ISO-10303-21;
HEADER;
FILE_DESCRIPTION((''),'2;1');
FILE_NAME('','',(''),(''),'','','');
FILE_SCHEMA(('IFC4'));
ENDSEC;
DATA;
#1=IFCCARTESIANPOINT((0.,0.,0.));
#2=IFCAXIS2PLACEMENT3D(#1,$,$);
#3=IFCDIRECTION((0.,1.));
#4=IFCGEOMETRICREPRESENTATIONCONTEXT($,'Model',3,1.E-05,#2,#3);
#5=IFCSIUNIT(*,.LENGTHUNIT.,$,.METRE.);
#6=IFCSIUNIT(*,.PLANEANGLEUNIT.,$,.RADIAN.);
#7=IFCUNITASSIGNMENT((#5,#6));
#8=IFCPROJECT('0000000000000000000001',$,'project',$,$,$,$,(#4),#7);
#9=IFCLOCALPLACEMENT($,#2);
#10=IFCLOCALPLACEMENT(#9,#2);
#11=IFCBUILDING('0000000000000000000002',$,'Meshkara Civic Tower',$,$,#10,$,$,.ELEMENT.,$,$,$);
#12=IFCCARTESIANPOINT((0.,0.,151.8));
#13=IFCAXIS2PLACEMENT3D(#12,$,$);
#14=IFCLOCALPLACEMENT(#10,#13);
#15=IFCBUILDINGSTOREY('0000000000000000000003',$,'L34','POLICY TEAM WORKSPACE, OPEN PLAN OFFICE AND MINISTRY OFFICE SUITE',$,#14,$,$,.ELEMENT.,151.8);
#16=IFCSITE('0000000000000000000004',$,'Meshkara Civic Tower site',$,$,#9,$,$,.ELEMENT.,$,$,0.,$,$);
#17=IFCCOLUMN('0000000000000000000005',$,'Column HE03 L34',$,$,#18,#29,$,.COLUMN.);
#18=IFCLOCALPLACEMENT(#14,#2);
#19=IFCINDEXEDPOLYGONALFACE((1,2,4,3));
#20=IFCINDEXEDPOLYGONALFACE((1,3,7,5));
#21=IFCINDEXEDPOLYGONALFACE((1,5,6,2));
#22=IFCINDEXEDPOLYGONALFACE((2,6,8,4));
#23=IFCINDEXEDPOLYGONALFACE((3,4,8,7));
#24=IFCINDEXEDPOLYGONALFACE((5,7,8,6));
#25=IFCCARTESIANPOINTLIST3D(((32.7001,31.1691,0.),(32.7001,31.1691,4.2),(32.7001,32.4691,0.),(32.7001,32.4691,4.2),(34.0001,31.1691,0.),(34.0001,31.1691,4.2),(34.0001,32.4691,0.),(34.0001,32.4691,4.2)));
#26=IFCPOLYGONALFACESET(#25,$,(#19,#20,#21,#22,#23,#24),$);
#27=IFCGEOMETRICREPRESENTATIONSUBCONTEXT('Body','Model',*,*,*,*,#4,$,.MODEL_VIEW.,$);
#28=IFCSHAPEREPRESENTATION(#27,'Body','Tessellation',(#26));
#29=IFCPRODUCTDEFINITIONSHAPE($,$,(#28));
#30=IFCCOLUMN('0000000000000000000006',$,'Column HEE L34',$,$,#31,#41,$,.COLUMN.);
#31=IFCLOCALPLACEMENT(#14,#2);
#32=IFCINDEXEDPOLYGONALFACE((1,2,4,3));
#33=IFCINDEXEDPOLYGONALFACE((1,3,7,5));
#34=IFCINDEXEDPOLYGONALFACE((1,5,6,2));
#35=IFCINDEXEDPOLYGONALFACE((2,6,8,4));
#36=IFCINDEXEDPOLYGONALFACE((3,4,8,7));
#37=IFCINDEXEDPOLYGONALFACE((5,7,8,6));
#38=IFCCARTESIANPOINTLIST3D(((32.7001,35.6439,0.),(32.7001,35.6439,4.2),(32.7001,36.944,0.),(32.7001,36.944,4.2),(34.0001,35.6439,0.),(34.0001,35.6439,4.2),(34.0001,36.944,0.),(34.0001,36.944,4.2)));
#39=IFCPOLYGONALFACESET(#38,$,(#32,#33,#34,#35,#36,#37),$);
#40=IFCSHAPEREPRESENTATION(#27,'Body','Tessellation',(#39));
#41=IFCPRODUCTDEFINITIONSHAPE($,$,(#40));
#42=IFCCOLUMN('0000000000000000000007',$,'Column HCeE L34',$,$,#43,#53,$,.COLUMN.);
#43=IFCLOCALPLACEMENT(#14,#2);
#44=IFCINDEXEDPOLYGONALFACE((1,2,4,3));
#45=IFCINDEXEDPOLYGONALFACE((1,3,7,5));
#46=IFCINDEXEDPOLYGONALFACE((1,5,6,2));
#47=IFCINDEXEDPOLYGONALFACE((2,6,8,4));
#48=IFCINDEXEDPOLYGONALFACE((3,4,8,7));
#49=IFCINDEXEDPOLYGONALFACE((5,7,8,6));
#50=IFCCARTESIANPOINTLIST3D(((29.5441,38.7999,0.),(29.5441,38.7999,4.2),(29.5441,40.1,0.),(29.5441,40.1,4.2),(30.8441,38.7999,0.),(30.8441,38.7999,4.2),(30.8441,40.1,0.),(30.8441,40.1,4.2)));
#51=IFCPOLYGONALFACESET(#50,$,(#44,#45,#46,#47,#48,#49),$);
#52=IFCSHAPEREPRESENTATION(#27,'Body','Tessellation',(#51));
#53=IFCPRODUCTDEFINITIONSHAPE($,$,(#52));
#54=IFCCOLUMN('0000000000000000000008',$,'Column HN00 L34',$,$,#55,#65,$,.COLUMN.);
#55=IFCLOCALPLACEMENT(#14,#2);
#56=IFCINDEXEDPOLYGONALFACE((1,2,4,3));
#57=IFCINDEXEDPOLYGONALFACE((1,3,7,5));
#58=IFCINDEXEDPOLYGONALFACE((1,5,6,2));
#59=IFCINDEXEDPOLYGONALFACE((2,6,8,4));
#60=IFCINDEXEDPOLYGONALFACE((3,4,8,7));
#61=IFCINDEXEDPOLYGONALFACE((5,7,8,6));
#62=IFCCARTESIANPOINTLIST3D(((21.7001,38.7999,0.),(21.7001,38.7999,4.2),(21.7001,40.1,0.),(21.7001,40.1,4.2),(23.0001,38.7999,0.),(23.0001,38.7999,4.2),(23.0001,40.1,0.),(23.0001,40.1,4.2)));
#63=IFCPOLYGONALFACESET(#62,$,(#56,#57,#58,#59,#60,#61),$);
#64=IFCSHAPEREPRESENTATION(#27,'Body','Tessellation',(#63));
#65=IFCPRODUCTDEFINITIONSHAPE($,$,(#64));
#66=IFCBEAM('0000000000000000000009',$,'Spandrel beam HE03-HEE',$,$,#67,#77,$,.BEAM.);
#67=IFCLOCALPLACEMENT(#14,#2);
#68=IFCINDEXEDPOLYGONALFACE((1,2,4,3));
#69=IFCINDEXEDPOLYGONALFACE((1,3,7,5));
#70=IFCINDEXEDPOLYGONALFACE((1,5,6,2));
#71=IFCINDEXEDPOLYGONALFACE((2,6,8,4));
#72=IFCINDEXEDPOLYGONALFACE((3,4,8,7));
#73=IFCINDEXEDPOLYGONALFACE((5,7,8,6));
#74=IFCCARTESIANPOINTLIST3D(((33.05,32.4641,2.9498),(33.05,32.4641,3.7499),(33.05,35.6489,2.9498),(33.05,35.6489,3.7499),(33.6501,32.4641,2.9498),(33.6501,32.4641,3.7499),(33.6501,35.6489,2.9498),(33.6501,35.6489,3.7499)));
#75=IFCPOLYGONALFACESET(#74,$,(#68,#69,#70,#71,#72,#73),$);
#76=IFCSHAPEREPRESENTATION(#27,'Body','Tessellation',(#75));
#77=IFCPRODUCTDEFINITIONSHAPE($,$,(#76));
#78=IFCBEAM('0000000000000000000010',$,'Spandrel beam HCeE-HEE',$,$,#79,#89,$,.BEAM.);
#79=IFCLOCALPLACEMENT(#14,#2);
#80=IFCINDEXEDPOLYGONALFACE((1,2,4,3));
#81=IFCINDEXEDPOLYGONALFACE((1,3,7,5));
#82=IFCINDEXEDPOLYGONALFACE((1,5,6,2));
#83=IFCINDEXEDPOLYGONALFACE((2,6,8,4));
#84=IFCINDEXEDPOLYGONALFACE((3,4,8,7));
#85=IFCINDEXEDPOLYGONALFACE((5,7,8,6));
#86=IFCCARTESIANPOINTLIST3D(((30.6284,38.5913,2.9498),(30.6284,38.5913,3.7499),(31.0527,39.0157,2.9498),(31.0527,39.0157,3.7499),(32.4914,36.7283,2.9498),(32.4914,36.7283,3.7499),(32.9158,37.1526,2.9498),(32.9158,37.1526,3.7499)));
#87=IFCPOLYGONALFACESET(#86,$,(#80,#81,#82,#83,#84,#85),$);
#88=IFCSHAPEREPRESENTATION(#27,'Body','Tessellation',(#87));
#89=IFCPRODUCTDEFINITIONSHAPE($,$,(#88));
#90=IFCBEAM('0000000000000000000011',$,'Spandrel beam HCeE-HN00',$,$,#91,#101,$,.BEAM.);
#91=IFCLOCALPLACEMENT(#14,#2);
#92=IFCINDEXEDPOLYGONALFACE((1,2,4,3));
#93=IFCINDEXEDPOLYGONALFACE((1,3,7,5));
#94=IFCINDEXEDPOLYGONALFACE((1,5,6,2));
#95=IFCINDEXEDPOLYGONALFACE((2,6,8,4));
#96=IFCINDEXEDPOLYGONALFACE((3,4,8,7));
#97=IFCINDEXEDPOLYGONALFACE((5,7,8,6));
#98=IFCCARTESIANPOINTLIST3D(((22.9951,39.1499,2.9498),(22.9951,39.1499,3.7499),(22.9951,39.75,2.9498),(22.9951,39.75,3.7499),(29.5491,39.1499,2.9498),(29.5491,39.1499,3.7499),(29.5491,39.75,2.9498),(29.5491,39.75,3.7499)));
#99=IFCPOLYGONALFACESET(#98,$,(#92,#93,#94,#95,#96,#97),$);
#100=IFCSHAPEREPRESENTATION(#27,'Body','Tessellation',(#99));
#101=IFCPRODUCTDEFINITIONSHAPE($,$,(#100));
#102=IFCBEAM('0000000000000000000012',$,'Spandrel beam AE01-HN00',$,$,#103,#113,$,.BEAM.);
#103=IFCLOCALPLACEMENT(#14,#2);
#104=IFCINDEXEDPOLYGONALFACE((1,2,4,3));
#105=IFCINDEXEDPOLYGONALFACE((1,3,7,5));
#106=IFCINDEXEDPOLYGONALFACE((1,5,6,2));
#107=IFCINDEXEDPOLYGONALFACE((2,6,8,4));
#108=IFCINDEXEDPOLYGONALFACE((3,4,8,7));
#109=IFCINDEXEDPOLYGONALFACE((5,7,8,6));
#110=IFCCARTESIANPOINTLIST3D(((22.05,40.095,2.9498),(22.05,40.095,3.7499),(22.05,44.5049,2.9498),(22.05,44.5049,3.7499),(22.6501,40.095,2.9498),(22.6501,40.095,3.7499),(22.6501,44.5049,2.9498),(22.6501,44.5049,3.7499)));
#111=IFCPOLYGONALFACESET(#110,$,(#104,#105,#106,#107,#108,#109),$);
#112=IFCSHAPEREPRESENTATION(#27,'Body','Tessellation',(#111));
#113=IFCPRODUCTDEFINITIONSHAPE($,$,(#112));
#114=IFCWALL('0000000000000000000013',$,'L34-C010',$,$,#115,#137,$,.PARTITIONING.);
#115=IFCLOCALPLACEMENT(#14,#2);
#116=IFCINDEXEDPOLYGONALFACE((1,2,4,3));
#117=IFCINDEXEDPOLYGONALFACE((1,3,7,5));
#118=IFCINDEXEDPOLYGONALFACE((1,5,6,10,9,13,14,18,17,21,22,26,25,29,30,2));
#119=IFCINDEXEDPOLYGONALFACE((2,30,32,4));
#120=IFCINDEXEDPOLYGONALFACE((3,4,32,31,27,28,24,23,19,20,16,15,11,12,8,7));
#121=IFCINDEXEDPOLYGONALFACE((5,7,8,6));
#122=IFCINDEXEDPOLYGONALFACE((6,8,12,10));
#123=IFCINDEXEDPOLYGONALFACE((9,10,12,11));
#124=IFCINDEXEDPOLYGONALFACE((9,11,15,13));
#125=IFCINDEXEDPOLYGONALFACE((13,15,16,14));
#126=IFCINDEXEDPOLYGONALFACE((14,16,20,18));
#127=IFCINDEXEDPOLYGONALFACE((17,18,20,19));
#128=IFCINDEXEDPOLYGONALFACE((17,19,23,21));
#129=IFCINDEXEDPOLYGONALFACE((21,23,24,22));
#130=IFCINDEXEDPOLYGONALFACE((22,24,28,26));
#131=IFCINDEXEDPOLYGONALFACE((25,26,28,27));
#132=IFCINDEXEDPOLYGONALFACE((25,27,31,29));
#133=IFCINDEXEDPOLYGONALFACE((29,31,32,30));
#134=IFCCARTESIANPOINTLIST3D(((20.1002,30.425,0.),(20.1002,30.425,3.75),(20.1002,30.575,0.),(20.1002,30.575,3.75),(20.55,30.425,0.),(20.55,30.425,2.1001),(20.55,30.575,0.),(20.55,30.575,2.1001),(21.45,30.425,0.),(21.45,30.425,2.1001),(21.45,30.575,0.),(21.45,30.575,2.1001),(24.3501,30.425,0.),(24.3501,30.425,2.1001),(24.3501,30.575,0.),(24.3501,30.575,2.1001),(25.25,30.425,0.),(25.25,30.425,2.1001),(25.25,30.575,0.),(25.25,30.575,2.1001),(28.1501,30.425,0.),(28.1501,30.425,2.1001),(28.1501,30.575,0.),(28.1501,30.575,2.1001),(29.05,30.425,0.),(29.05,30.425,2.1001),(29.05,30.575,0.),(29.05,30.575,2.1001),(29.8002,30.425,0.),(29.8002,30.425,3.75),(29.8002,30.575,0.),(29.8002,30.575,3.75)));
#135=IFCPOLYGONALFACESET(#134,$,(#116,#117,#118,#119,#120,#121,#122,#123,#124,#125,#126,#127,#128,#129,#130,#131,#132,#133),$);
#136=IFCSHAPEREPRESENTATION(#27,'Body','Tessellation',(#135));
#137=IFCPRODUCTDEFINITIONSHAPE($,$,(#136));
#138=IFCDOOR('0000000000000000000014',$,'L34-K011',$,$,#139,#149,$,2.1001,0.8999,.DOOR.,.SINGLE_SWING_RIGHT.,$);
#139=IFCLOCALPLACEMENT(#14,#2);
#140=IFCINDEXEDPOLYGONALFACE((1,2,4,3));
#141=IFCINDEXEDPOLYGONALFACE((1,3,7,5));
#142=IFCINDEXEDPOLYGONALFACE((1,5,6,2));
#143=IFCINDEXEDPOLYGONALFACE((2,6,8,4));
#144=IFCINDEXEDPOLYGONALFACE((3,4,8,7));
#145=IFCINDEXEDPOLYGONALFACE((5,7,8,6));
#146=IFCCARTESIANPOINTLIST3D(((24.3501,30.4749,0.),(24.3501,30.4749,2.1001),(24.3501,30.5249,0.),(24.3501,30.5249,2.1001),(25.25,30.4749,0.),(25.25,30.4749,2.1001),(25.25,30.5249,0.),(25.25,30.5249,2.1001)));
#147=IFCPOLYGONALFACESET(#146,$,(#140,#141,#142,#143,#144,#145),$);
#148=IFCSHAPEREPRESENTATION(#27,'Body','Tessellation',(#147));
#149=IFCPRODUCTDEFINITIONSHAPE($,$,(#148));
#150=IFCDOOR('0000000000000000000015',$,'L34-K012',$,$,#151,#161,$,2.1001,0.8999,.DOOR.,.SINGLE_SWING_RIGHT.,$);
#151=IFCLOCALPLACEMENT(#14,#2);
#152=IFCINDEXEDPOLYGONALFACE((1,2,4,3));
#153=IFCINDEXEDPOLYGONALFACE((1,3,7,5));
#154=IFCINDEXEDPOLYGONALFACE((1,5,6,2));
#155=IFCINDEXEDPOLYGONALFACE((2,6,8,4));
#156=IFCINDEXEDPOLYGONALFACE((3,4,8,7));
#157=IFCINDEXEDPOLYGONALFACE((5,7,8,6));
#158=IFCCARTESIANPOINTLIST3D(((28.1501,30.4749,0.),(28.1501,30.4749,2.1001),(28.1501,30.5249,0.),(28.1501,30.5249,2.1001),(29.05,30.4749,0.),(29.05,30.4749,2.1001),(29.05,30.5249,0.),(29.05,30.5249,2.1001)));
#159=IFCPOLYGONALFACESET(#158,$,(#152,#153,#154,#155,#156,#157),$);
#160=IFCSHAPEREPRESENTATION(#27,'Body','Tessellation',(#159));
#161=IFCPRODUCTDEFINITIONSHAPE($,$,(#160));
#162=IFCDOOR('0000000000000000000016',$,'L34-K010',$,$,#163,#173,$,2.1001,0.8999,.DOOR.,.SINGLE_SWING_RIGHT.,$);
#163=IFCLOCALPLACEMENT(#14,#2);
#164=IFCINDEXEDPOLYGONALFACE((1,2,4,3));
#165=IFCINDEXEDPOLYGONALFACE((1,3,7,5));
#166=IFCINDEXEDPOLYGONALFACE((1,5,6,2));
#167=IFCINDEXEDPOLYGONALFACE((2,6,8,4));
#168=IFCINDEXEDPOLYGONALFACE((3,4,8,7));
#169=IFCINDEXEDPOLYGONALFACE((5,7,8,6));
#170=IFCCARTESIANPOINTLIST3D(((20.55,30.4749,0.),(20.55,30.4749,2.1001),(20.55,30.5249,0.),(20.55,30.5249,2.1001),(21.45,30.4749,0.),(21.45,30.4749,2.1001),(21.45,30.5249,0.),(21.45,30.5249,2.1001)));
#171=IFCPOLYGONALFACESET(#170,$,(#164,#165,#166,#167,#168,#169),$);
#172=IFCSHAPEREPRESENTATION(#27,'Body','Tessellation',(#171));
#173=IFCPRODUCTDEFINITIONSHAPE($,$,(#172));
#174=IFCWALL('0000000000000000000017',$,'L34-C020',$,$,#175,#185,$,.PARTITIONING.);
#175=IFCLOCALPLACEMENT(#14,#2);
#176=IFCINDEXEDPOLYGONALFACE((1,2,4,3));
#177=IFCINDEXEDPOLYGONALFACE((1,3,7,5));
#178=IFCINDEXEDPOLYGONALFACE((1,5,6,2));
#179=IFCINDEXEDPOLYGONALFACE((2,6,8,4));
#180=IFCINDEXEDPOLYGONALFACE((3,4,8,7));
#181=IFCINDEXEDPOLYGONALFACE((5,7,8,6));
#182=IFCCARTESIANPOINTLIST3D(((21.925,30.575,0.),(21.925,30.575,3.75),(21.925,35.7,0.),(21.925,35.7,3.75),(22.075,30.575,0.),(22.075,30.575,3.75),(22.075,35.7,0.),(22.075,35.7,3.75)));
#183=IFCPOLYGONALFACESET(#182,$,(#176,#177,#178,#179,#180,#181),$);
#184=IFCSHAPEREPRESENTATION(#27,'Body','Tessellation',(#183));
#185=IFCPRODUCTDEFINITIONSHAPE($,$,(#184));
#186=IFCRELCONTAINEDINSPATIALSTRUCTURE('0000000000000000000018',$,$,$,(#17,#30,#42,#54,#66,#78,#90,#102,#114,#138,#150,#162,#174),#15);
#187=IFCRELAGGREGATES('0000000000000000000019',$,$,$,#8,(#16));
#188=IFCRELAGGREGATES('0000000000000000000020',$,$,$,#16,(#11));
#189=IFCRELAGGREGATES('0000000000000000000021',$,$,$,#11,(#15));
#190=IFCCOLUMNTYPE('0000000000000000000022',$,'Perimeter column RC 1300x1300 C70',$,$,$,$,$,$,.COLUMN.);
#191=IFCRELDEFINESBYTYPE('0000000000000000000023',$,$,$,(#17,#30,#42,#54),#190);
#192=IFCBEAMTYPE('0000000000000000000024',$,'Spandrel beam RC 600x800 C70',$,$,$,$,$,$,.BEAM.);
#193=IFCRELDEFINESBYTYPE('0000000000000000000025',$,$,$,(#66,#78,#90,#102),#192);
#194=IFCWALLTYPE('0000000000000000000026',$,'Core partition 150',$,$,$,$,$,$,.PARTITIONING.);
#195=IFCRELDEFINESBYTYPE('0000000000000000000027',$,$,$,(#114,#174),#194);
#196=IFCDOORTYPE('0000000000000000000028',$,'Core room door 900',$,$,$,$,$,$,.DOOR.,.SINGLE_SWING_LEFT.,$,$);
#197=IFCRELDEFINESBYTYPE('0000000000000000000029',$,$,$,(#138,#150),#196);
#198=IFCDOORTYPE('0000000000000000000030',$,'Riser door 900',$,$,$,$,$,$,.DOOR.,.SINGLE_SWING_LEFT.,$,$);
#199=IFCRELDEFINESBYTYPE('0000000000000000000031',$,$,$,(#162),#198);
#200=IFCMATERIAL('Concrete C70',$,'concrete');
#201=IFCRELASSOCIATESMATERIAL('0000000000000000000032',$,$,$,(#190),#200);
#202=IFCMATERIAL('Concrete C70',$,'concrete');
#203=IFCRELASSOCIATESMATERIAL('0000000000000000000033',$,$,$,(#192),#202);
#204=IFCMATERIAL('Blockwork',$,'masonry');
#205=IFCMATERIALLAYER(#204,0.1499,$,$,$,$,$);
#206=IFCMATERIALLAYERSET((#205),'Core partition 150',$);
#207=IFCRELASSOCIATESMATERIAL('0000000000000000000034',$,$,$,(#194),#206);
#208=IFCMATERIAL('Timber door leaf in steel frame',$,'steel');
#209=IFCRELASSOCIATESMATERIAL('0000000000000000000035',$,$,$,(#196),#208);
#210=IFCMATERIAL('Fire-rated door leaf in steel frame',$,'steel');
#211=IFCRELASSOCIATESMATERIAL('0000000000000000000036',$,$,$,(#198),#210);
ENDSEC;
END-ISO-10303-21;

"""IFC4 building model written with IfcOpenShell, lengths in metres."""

from ifc_helpers import new_model, si_unit, direction, frame, frame_2d, origin, origin_2d, place, context, subcontext, project, spatial, rectangle, extrude, material, layer, layer_set, material_profile, profile_set, type_object, element, fill, save


model = new_model("IFC4")

# Units and contexts
model_context = context("Model", 3, precision=1e-05, world=origin(), true_north=direction((0.0, 1.0)))
body_context = subcontext(model_context, "Body", "Model", "MODEL_VIEW")
ifc_project = project(units=[si_unit("LENGTHUNIT", "METRE"), si_unit("PLANEANGLEUNIT", "RADIAN")], contexts=[model_context])

# Site, building, storey
site_placement = place(None, origin())
site = spatial("IfcSite", under=ifc_project, at=site_placement, Name="Meshkara Civic Tower site", CompositionType="ELEMENT", RefElevation=0.0)
building_placement = place(site_placement, origin())
building = spatial("IfcBuilding", under=site, at=building_placement, Name="Meshkara Civic Tower", CompositionType="ELEMENT")
storey_placement = place(building_placement, frame((0.0, 0.0, 151.8)))
storey = spatial("IfcBuildingStorey", under=building, at=storey_placement, Name="L34", Description="POLICY TEAM WORKSPACE, OPEN PLAN OFFICE AND MINISTRY OFFICE SUITE", CompositionType="ELEMENT", Elevation=151.8)

# Columns
ifc_material_1 = material(Name="Concrete C70", Category="concrete")
ifc_material_profile_1 = material_profile(ifc_material_1, rectangle(XDim=1.3, YDim=1.3, at=origin_2d()))
ifc_profile_set_1 = profile_set([ifc_material_profile_1], Name="Concrete C70")
column_type = type_object("IfcColumnType", Name="Perimeter column RC 1300x1300 C70", PredefinedType="COLUMN", material=ifc_profile_set_1)
for number, where, z_axis, x_axis, name in (
    (1, (33.3501, 31.8191, 0.0), (0.0, 0.0, 1.0), (1.0, 0.0, 0.0), "Column HE03 L34"),
    (2, (33.3501, 36.2939, 0.0), (0.0, 0.0, 1.0), (1.0, 0.0, 0.0), "Column HEE L34"),
    (3, (30.1941, 39.45, 0.0), (0.0, 0.0, 1.0), (1.0, 0.0, 0.0), "Column HCeE L34"),
    (4, (22.3501, 39.45, 0.0), (0.0, 0.0, 1.0), (1.0, 0.0, 0.0), "Column HN00 L34"),
):
    element("IfcColumn", number, at=place(storey_placement, frame(where, z_axis=z_axis, x_axis=x_axis)), inside=storey, type_object=column_type, Name=name, PredefinedType="COLUMN", context=body_context, shape_type="SweptSolid", body=[
        extrude(rectangle(XDim=1.3, YDim=1.3, at=origin_2d()), origin(), (0.0, 0.0, 1.0), 4.2),
    ])

# Beams
ifc_material_2 = material(Name="Concrete C70", Category="concrete")
ifc_material_profile_2 = material_profile(ifc_material_2, rectangle(XDim=0.6001, YDim=0.8, at=origin_2d()))
ifc_profile_set_2 = profile_set([ifc_material_profile_2], Name="Concrete C70")
beam_type = type_object("IfcBeamType", Name="Spandrel beam RC 600x800 C70", PredefinedType="BEAM", material=ifc_profile_set_2)
beam_1_placement = place(storey_placement, frame((33.3501, 32.4641, 3.3499), z_axis=(0.0, 1.0, 0.0), x_axis=(-1.0, 0.0, 0.0)))
element("IfcBeam", 5, at=beam_1_placement, inside=storey, type_object=beam_type, Name="Spandrel beam HE03-HEE", PredefinedType="BEAM", context=body_context, shape_type="SweptSolid", body=[
    extrude(rectangle(XDim=0.6001, YDim=0.8, at=origin_2d()), origin(), (0.0, 0.0, 1.0), 3.1848),
])
beam_2_placement = place(storey_placement, frame((32.7036, 36.9404, 3.3499), z_axis=(-0.707107, 0.707107, 0.0), x_axis=(-0.707107, -0.707107, 0.0)))
element("IfcBeam", 6, at=beam_2_placement, inside=storey, type_object=beam_type, Name="Spandrel beam HCeE-HEE", PredefinedType="BEAM", context=body_context, shape_type="SweptSolid", body=[
    extrude(rectangle(XDim=0.6001, YDim=0.8, at=origin_2d()), origin(), (0.0, 0.0, 1.0), 2.6348),
])
beam_3_placement = place(storey_placement, frame((29.5491, 39.45, 3.3499), z_axis=(-1.0, 0.0, 0.0), x_axis=(0.0, -1.0, 0.0)))
element("IfcBeam", 7, at=beam_3_placement, inside=storey, type_object=beam_type, Name="Spandrel beam HCeE-HN00", PredefinedType="BEAM", context=body_context, shape_type="SweptSolid", body=[
    extrude(rectangle(XDim=0.6001, YDim=0.8, at=origin_2d()), origin(), (0.0, 0.0, 1.0), 6.554),
])
beam_4_placement = place(storey_placement, frame((22.3501, 40.095, 3.3499), z_axis=(0.0, 1.0, 0.0), x_axis=(-1.0, 0.0, 0.0)))
element("IfcBeam", 8, at=beam_4_placement, inside=storey, type_object=beam_type, Name="Spandrel beam AE01-HN00", PredefinedType="BEAM", context=body_context, shape_type="SweptSolid", body=[
    extrude(rectangle(XDim=0.6001, YDim=0.8, at=origin_2d()), origin(), (0.0, 0.0, 1.0), 4.4099),
])

# Wall, openings, doors
ifc_material_3 = material(Name="Blockwork", Category="masonry")
ifc_layer_1 = layer(ifc_material_3, 0.1499)
ifc_layer_set_1 = layer_set([ifc_layer_1], Name="Core partition 150")
wall_type_1 = type_object("IfcWallType", Name="Core partition 150", PredefinedType="PARTITIONING", material=ifc_layer_set_1)
wall_1_placement = place(storey_placement, frame((20.1001, 30.5, 0.0), z_axis=(0.0, 0.0, 1.0), x_axis=(1.0, 0.0, 0.0)))
wall_1 = element("IfcWall", 9, at=wall_1_placement, inside=storey, type_object=wall_type_1, Name="L34-C010", PredefinedType="PARTITIONING", context=body_context, shape_type="SweptSolid", body=[
    extrude(rectangle(XDim=9.7, YDim=0.1499, at=frame_2d((4.8501, 0.0))), origin(), (0.0, 0.0, 1.0), 3.75),
])
opening_1_placement = place(wall_1_placement, frame((0.45, 0.0, 0.0)))
opening_1 = element("IfcOpeningElement", 10, at=opening_1_placement, cuts=wall_1, PredefinedType="OPENING", context=body_context, shape_type="SweptSolid", body=[
    extrude(rectangle(XDim=0.8999, YDim=2.1001, at=frame_2d((0.45, 1.05))), frame((0.0, 0.085, 0.0), z_axis=(0.0, -1.0, 0.0), x_axis=(1.0, 0.0, 0.0)), (0.0, 0.0, 1.0), 0.1699),
])
opening_2_placement = place(wall_1_placement, frame((4.25, 0.0, 0.0)))
opening_2 = element("IfcOpeningElement", 11, at=opening_2_placement, cuts=wall_1, PredefinedType="OPENING", context=body_context, shape_type="SweptSolid", body=[
    extrude(rectangle(XDim=0.8999, YDim=2.1001, at=frame_2d((0.45, 1.05))), frame((0.0, 0.085, 0.0), z_axis=(0.0, -1.0, 0.0), x_axis=(1.0, 0.0, 0.0)), (0.0, 0.0, 1.0), 0.1699),
])
opening_3_placement = place(wall_1_placement, frame((8.05, 0.0, 0.0)))
opening_3 = element("IfcOpeningElement", 12, at=opening_3_placement, cuts=wall_1, PredefinedType="OPENING", context=body_context, shape_type="SweptSolid", body=[
    extrude(rectangle(XDim=0.8999, YDim=2.1001, at=frame_2d((0.45, 1.05))), frame((0.0, 0.085, 0.0), z_axis=(0.0, -1.0, 0.0), x_axis=(1.0, 0.0, 0.0)), (0.0, 0.0, 1.0), 0.1699),
])
ifc_material_4 = material(Name="Timber door leaf in steel frame", Category="steel")
door_type_1 = type_object("IfcDoorType", Name="Core room door 900", OperationType="SINGLE_SWING_LEFT", PredefinedType="DOOR", material=ifc_material_4)
door_1_placement = place(opening_2_placement, origin())
door_1 = element("IfcDoor", 13, at=door_1_placement, inside=storey, type_object=door_type_1, Name="L34-K011", OperationType="SINGLE_SWING_RIGHT", OverallHeight=2.1001, OverallWidth=0.8999, PredefinedType="DOOR", context=body_context, shape_type="SweptSolid", body=[
    extrude(rectangle(XDim=0.8999, YDim=2.1001, at=frame_2d((0.45, 1.05))), frame((0.0, 0.0249, 0.0), z_axis=(0.0, -1.0, 0.0), x_axis=(1.0, 0.0, 0.0)), (0.0, 0.0, 1.0), 0.05),
])
fill(opening_2, door_1)
door_2_placement = place(opening_3_placement, origin())
door_2 = element("IfcDoor", 14, at=door_2_placement, inside=storey, type_object=door_type_1, Name="L34-K012", OperationType="SINGLE_SWING_RIGHT", OverallHeight=2.1001, OverallWidth=0.8999, PredefinedType="DOOR", context=body_context, shape_type="SweptSolid", body=[
    extrude(rectangle(XDim=0.8999, YDim=2.1001, at=frame_2d((0.45, 1.05))), frame((0.0, 0.0249, 0.0), z_axis=(0.0, -1.0, 0.0), x_axis=(1.0, 0.0, 0.0)), (0.0, 0.0, 1.0), 0.05),
])
fill(opening_3, door_2)
ifc_material_5 = material(Name="Fire-rated door leaf in steel frame", Category="steel")
door_type_2 = type_object("IfcDoorType", Name="Riser door 900", OperationType="SINGLE_SWING_LEFT", PredefinedType="DOOR", material=ifc_material_5)
door_3_placement = place(opening_1_placement, origin())
door_3 = element("IfcDoor", 15, at=door_3_placement, inside=storey, type_object=door_type_2, Name="L34-K010", OperationType="SINGLE_SWING_RIGHT", OverallHeight=2.1001, OverallWidth=0.8999, PredefinedType="DOOR", context=body_context, shape_type="SweptSolid", body=[
    extrude(rectangle(XDim=0.8999, YDim=2.1001, at=frame_2d((0.45, 1.05))), frame((0.0, 0.0249, 0.0), z_axis=(0.0, -1.0, 0.0), x_axis=(1.0, 0.0, 0.0)), (0.0, 0.0, 1.0), 0.05),
])
fill(opening_1, door_3)

# Wall
for number, where, z_axis, x_axis, name in (
    (16, (22.0, 30.575, 0.0), (0.0, 0.0, 1.0), (0.0, 1.0, 0.0), "L34-C020"),
):
    element("IfcWall", number, at=place(storey_placement, frame(where, z_axis=z_axis, x_axis=x_axis)), inside=storey, type_object=wall_type_1, Name=name, PredefinedType="PARTITIONING", context=body_context, shape_type="SweptSolid", body=[
        extrude(rectangle(XDim=5.125, YDim=0.1499, at=frame_2d((2.5625, 0.0))), origin(), (0.0, 0.0, 1.0), 3.75),
    ])

save(model, "model.ifc")
